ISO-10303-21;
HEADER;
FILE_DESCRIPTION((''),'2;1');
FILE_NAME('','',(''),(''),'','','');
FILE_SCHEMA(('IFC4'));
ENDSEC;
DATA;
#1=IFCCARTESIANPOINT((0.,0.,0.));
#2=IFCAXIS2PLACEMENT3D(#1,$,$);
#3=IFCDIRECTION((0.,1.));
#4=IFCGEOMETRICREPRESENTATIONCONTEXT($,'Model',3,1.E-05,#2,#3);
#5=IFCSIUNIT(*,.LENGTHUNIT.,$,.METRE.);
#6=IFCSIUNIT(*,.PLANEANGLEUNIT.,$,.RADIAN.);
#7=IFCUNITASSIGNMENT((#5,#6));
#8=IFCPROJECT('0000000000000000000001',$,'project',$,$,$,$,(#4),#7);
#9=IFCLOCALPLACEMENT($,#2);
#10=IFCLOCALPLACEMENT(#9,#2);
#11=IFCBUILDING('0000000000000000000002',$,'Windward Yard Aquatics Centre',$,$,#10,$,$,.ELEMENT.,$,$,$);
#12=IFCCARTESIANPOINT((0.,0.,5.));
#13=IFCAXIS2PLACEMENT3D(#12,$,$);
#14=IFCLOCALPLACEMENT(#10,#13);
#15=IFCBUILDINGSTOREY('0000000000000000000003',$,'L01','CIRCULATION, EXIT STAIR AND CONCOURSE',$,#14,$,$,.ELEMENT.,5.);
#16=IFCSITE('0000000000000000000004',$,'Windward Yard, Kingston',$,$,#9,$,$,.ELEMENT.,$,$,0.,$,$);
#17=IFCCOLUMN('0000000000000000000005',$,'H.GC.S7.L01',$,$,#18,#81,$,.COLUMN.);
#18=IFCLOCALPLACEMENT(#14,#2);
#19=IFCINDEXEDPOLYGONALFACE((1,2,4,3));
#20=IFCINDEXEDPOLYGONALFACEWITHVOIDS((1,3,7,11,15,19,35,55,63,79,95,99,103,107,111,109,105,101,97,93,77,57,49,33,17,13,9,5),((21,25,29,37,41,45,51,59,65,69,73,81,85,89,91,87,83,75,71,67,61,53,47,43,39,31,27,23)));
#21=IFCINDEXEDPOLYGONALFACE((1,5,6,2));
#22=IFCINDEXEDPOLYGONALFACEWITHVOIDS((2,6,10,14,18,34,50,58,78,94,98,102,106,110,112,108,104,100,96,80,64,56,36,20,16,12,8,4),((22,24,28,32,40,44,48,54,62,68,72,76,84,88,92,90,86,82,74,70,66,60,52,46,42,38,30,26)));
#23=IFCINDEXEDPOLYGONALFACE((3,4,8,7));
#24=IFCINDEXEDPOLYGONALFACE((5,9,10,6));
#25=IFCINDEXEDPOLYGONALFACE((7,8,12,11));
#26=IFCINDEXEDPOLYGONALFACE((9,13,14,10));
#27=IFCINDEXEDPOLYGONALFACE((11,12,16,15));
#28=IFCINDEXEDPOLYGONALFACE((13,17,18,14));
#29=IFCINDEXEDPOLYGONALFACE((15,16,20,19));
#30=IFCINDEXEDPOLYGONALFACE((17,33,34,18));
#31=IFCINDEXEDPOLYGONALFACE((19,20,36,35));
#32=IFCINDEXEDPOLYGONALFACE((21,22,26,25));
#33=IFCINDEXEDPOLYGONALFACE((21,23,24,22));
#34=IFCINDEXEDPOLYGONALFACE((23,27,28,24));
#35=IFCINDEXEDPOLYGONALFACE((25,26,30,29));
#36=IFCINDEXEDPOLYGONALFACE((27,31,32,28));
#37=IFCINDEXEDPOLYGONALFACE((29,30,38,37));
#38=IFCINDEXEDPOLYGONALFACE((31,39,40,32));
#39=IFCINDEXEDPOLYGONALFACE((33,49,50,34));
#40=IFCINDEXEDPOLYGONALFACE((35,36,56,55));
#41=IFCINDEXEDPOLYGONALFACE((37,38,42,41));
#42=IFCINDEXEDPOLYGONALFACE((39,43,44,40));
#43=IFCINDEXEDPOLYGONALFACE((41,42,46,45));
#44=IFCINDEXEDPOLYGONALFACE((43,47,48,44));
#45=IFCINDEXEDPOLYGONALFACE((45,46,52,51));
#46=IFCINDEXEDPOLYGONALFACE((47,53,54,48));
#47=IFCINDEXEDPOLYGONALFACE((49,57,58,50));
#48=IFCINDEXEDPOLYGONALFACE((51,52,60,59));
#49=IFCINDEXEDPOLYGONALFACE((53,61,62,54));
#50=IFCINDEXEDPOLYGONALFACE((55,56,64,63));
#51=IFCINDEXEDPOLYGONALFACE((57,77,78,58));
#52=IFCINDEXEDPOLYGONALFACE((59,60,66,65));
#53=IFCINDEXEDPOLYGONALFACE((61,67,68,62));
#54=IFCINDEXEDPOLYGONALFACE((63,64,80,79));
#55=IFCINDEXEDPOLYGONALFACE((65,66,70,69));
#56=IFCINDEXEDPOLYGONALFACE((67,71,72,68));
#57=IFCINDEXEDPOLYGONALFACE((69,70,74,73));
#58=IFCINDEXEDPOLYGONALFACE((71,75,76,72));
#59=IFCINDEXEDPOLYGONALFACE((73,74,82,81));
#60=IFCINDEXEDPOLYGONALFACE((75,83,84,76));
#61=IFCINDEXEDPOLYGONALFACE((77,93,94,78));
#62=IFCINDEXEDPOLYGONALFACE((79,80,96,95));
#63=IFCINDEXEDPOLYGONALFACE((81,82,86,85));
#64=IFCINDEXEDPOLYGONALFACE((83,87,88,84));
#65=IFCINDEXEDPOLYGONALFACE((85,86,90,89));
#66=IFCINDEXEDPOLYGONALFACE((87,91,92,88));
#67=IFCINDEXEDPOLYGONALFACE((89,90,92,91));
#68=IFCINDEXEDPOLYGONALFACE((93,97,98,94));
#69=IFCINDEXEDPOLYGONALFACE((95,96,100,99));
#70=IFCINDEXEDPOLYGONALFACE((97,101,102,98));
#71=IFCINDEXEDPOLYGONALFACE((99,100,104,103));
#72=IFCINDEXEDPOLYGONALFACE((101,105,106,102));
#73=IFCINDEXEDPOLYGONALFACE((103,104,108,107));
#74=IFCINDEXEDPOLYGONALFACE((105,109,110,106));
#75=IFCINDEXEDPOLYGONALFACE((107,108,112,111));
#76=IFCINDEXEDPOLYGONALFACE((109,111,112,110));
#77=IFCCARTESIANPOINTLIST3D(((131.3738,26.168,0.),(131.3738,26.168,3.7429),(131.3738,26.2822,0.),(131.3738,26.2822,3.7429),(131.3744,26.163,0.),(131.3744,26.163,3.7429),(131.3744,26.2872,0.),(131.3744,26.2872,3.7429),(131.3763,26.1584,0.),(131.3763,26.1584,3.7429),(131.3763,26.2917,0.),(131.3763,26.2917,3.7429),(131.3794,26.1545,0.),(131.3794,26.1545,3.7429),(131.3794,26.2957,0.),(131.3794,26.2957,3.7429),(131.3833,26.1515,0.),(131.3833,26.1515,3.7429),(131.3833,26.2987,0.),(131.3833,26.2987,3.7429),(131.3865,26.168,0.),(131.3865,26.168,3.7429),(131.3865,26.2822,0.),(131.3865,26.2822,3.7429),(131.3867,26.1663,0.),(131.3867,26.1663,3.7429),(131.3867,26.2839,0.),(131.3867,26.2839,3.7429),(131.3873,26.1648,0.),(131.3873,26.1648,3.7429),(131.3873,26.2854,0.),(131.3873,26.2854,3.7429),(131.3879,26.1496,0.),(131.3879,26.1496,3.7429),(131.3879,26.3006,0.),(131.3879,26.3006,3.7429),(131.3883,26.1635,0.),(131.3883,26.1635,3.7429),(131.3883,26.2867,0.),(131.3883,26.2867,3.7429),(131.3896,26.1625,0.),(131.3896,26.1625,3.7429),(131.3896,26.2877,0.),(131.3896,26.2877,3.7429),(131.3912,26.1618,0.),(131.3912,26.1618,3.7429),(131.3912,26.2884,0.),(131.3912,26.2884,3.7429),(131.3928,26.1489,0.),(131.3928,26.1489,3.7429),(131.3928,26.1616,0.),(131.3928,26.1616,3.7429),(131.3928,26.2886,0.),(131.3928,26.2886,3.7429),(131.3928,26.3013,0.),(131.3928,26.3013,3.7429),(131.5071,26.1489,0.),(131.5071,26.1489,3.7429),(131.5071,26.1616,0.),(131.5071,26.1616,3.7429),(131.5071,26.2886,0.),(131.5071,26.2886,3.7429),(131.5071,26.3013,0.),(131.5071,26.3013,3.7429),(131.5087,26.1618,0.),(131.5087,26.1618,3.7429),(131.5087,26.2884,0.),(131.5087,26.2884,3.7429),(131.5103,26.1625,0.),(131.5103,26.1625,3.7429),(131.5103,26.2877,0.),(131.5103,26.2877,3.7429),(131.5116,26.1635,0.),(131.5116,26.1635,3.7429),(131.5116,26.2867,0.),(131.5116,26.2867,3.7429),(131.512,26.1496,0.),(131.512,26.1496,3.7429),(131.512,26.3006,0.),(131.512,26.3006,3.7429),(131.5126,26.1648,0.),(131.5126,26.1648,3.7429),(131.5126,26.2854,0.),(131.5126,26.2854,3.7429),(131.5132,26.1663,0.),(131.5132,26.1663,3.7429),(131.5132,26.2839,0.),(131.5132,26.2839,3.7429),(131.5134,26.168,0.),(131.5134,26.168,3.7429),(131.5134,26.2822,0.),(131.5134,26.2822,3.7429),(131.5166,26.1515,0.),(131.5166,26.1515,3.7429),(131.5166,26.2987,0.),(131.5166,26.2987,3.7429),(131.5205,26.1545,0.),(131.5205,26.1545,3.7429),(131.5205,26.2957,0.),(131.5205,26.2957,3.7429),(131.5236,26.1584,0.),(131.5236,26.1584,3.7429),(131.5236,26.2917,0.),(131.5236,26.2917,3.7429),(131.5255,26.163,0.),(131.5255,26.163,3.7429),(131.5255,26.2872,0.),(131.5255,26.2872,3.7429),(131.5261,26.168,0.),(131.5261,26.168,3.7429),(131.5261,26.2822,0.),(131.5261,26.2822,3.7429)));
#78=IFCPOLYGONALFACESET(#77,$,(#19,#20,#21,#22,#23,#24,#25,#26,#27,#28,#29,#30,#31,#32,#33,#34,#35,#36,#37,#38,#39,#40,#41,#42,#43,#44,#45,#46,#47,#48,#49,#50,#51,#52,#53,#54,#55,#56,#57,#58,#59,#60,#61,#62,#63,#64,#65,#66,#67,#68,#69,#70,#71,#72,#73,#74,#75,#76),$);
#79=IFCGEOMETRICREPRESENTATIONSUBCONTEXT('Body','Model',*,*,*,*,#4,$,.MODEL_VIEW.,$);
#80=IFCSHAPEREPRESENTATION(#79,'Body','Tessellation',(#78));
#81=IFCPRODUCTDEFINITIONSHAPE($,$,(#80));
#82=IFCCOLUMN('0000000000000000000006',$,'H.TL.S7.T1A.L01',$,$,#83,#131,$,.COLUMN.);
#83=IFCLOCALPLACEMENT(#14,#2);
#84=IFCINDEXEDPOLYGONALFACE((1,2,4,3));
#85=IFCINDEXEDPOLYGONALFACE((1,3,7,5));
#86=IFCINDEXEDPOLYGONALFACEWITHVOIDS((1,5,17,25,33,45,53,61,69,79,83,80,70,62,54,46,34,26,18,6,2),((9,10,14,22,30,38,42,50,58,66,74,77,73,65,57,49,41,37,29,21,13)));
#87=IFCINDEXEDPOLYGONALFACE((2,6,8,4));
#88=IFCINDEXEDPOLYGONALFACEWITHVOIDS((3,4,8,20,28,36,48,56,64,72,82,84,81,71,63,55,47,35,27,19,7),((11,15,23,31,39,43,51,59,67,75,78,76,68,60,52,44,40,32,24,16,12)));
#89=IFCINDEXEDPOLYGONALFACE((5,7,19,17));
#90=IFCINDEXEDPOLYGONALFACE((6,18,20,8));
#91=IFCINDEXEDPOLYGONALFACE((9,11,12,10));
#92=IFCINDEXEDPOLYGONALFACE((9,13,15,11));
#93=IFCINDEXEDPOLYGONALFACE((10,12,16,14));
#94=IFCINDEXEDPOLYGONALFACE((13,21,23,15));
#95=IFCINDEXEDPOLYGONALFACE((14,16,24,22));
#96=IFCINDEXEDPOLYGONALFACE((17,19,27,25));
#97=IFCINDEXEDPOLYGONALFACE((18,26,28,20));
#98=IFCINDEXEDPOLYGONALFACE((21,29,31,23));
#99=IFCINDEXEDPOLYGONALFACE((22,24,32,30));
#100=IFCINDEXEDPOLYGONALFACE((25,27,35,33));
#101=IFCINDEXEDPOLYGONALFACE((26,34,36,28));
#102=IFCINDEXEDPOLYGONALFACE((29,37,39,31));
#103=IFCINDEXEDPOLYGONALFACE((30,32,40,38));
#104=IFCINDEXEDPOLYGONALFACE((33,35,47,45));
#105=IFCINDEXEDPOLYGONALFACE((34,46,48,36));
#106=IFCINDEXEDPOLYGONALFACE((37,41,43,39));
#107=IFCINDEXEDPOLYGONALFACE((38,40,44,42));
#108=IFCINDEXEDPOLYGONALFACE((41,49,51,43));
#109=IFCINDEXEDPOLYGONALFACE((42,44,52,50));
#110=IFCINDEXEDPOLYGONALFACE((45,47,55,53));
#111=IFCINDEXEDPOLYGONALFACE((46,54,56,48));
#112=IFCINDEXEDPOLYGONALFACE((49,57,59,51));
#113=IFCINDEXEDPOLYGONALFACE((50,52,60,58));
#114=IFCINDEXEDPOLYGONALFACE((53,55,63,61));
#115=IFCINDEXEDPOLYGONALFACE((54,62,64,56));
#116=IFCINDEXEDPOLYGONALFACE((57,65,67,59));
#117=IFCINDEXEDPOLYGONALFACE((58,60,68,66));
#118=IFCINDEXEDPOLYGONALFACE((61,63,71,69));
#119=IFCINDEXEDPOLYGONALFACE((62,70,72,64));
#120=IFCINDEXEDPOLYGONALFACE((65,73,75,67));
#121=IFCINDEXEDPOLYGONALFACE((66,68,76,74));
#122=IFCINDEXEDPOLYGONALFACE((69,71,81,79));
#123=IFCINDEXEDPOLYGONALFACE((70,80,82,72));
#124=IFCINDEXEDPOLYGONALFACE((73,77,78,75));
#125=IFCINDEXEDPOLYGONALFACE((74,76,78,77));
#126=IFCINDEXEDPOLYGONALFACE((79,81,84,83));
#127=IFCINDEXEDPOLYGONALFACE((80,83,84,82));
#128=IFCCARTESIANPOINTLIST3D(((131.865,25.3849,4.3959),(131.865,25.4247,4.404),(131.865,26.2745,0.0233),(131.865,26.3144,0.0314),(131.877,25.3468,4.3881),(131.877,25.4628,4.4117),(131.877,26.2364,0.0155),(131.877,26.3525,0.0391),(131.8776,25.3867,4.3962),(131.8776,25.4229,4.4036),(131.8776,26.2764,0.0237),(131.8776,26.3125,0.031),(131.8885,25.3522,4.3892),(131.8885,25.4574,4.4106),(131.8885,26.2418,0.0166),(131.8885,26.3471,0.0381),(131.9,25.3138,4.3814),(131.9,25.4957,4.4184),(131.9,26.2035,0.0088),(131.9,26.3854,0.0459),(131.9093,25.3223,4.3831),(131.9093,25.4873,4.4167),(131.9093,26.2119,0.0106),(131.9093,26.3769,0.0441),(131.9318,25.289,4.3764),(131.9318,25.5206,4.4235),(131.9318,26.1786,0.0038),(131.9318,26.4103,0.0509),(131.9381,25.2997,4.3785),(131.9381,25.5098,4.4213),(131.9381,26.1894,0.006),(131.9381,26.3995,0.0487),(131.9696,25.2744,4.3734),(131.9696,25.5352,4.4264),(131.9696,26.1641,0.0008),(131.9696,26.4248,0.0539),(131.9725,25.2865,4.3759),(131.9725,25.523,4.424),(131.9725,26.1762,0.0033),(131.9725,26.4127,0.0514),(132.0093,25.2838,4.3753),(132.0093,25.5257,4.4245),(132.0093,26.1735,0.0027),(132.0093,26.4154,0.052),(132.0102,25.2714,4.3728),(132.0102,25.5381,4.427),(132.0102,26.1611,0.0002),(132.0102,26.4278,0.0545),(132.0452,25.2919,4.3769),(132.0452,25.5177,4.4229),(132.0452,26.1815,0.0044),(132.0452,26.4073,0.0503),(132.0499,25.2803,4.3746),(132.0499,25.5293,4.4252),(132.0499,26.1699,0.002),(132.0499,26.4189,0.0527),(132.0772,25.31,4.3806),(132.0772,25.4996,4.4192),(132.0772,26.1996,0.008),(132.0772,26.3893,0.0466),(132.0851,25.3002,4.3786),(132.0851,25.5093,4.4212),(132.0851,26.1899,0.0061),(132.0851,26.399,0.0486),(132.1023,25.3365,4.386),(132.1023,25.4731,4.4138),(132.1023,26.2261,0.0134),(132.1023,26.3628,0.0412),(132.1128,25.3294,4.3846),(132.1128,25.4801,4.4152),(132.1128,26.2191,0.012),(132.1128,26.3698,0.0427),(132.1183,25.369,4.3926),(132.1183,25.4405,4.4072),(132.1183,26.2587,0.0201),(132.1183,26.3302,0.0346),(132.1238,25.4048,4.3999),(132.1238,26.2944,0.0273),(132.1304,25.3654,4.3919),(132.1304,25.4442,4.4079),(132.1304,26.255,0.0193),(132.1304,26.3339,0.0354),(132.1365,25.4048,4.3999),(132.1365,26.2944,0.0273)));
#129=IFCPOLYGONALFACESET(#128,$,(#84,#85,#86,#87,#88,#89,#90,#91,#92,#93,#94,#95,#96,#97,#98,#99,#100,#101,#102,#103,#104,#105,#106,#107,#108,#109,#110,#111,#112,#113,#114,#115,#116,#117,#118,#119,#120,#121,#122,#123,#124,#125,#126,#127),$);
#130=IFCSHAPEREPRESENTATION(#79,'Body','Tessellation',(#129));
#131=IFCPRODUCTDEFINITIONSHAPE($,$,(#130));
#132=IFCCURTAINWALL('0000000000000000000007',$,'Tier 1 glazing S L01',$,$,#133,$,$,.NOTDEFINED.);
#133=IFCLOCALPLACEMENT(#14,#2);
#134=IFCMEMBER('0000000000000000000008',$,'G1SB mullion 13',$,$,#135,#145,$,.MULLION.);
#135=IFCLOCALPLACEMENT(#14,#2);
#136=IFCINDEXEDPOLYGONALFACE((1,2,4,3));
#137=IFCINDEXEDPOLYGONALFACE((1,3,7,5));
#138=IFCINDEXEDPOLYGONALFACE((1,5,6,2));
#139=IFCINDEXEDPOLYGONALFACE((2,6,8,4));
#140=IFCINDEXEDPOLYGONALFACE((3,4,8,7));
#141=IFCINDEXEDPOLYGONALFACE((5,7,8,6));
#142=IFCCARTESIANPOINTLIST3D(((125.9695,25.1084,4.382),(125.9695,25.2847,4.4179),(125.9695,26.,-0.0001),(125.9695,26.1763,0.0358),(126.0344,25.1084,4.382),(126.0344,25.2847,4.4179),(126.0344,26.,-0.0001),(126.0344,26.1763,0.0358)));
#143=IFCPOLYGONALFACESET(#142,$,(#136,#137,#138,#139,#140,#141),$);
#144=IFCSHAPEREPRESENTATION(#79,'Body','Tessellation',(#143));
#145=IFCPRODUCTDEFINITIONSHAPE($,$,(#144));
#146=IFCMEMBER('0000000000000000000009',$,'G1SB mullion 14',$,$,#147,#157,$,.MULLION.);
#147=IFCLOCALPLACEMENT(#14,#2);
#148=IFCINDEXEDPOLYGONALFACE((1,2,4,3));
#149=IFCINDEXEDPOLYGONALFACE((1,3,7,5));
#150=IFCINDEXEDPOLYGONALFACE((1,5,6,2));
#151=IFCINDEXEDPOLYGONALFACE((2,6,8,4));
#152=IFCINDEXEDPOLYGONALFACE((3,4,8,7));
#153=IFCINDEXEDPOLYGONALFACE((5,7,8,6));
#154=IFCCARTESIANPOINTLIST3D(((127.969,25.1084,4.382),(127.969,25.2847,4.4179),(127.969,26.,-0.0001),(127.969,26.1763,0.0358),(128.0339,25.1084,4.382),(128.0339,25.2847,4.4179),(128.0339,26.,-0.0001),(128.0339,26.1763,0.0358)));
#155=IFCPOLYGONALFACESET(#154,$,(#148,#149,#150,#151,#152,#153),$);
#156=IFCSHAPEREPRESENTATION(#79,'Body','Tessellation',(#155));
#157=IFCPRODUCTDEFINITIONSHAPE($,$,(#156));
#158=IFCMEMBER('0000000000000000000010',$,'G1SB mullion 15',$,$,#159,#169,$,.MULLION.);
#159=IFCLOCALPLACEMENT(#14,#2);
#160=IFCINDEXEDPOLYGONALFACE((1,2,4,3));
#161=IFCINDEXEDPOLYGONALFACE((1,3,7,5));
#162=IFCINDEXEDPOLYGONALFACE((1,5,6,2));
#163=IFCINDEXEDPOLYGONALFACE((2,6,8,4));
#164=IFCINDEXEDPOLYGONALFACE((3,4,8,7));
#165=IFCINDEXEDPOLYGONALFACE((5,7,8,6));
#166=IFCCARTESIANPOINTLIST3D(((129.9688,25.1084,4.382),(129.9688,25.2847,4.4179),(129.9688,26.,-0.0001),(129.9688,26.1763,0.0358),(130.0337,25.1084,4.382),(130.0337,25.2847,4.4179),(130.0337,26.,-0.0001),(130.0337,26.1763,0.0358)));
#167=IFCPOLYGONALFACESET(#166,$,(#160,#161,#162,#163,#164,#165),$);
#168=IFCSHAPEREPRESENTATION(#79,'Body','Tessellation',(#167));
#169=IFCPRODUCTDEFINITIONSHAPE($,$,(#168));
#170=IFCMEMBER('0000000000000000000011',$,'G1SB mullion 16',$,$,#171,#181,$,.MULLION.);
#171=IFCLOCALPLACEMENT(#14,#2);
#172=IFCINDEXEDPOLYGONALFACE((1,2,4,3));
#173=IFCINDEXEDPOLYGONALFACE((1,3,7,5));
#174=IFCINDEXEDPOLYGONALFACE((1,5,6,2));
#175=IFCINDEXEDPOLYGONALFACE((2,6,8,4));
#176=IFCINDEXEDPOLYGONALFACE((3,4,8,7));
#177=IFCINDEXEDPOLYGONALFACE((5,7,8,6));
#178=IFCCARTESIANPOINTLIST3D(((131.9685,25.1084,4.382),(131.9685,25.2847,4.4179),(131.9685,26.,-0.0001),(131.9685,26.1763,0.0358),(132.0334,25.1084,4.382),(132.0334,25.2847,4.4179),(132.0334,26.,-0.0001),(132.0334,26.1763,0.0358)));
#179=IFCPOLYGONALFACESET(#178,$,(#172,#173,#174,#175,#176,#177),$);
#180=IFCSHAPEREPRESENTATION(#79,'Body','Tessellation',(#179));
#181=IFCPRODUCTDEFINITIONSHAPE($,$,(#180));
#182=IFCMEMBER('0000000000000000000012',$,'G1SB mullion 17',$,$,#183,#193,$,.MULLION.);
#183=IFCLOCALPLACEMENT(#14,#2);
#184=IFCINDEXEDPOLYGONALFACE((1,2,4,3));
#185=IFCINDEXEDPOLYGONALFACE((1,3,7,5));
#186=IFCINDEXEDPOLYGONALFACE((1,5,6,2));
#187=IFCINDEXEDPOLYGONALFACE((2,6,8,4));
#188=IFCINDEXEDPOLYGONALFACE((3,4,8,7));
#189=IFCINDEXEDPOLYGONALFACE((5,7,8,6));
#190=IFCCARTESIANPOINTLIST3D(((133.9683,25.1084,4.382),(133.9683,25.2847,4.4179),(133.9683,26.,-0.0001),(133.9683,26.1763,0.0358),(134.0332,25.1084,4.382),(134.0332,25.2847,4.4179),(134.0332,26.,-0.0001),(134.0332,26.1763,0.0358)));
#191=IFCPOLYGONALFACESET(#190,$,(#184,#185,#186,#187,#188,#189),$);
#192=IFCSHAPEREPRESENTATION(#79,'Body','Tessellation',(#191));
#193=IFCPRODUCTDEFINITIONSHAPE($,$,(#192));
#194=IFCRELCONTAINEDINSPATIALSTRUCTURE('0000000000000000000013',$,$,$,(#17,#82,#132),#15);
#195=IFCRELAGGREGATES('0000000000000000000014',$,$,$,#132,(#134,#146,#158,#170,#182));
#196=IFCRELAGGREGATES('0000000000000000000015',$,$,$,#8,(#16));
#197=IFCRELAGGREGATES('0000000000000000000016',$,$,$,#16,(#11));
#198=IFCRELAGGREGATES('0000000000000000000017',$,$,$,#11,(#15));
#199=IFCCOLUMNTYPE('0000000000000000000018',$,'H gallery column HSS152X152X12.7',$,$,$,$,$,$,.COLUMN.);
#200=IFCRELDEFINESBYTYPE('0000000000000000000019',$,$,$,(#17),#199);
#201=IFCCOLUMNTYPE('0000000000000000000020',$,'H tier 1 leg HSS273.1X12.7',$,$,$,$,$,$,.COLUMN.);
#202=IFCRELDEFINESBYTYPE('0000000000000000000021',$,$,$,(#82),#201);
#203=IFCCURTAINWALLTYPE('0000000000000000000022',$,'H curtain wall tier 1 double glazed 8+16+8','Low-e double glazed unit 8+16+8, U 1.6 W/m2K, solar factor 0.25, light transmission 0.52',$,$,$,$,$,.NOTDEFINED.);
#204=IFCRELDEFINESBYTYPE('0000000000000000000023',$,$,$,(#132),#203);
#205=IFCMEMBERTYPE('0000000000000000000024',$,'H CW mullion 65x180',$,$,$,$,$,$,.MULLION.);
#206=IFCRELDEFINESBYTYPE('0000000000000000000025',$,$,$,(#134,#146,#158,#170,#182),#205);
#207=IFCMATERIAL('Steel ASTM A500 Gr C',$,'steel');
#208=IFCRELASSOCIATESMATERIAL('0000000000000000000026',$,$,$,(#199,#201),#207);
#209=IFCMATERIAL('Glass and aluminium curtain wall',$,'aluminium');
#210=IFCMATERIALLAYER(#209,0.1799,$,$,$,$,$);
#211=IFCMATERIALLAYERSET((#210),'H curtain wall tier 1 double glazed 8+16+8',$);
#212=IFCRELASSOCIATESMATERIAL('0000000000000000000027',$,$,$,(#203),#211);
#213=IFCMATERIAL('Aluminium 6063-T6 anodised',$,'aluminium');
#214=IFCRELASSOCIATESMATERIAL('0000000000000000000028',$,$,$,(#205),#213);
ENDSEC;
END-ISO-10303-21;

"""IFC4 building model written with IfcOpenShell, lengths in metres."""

from ifc_helpers import new_model, si_unit, direction, frame, origin, origin_2d, place, context, subcontext, project, spatial, rectangle, hollow_rectangle, hollow_circle, extrude, material, layer, layer_set, material_profile, profile_set, type_object, element, aggregate, save


model = new_model("IFC4")

# Units and contexts
model_context = context("Model", 3, precision=1e-05, world=origin(), true_north=direction((0.0, 1.0)))
body_context = subcontext(model_context, "Body", "Model", "MODEL_VIEW")
ifc_project = project(units=[si_unit("LENGTHUNIT", "METRE"), si_unit("PLANEANGLEUNIT", "RADIAN")], contexts=[model_context])

# Site, building, storey
site_placement = place(None, origin())
site = spatial("IfcSite", under=ifc_project, at=site_placement, Name="Windward Yard, Kingston", CompositionType="ELEMENT", RefElevation=0.0)
building_placement = place(site_placement, origin())
building = spatial("IfcBuilding", under=site, at=building_placement, Name="Windward Yard Aquatics Centre", CompositionType="ELEMENT")
storey_placement = place(building_placement, frame((0.0, 0.0, 5.0)))
storey = spatial("IfcBuildingStorey", under=building, at=storey_placement, Name="L01", Description="CIRCULATION, EXIT STAIR AND CONCOURSE", CompositionType="ELEMENT", Elevation=5.0)

# Columns
ifc_material_1 = material(Name="Steel ASTM A500 Gr C", Category="steel")
ifc_material_profile_1 = material_profile(ifc_material_1, hollow_rectangle(XDim=0.1523, YDim=0.1523, WallThickness=0.0127, InnerFilletRadius=0.0063, OuterFilletRadius=0.019, at=origin_2d()), Name="HSS152X152X12.7")
ifc_profile_set_1 = profile_set([ifc_material_profile_1], Name="Steel ASTM A500 Gr C")
column_type_1 = type_object("IfcColumnType", Name="H gallery column HSS152X152X12.7", PredefinedType="COLUMN", material=ifc_profile_set_1)
column_1_placement = place(storey_placement, frame((131.45, 26.2251, 0.0), z_axis=(0.0, 0.0, 1.0), x_axis=(1.0, 0.0, 0.0)))
element("IfcColumn", 1, at=column_1_placement, inside=storey, type_object=column_type_1, Name="H.GC.S7.L01", PredefinedType="COLUMN", context=body_context, shape_type="SweptSolid", body=[
    extrude(hollow_rectangle(XDim=0.1523, YDim=0.1523, WallThickness=0.0127, InnerFilletRadius=0.0063, OuterFilletRadius=0.019, at=origin_2d()), origin(), (0.0, 0.0, 1.0), 3.7429),
])
ifc_material_profile_2 = material_profile(ifc_material_1, hollow_circle(Radius=0.1365, WallThickness=0.0127, at=origin_2d()), Name="HSS273.1X12.7")
ifc_profile_set_2 = profile_set([ifc_material_profile_2], Name="Steel ASTM A500 Gr C")
column_type_2 = type_object("IfcColumnType", Name="H tier 1 leg HSS273.1X12.7", PredefinedType="COLUMN", material=ifc_profile_set_2)
column_2_placement = place(storey_placement, frame((132.0, 26.2944, 0.0273), z_axis=(0.0, -0.199377, 0.979923), x_axis=(1.0, 0.0, 0.0)))
element("IfcColumn", 2, at=column_2_placement, inside=storey, type_object=column_type_2, Name="H.TL.S7.T1A.L01", PredefinedType="COLUMN", context=body_context, shape_type="SweptSolid", body=[
    extrude(hollow_circle(Radius=0.1365, WallThickness=0.0127, at=origin_2d()), origin(), (0.0, 0.0, 1.0), 4.4622),
])

# Curtain wall, members
ifc_material_2 = material(Name="Glass and aluminium curtain wall", Category="aluminium")
ifc_layer_1 = layer(ifc_material_2, 0.1799)
ifc_layer_set_1 = layer_set([ifc_layer_1], Name="H curtain wall tier 1 double glazed 8+16+8")
curtain_wall_type = type_object("IfcCurtainWallType", Name="H curtain wall tier 1 double glazed 8+16+8", Description="Low-e double glazed unit 8+16+8, U 1.6 W/m2K, solar factor 0.25, light transmission 0.52", PredefinedType="NOTDEFINED", material=ifc_layer_set_1)
curtain_wall_placement = place(storey_placement, origin())
curtain_wall = element("IfcCurtainWall", 3, at=curtain_wall_placement, inside=storey, type_object=curtain_wall_type, Name="Tier 1 glazing S L01", PredefinedType="NOTDEFINED")
ifc_material_3 = material(Name="Aluminium 6063-T6 anodised", Category="aluminium")
ifc_material_profile_3 = material_profile(ifc_material_3, rectangle(XDim=0.0649, YDim=0.1799, at=origin_2d()), Name="H CW mullion 65x180")
ifc_profile_set_3 = profile_set([ifc_material_profile_3], Name="Aluminium 6063-T6 anodised")
member_type_1 = type_object("IfcMemberType", Name="H CW mullion 65x180", PredefinedType="MULLION", material=ifc_profile_set_3)
member_1_placement = place(storey_placement, frame((126.002, 26.0881, 0.0178), z_axis=(0.0, -0.19938, 0.979922), x_axis=(1.0, 0.0, 0.0)))
member_1 = element("IfcMember", 4, at=member_1_placement, type_object=member_type_1, Name="G1SB mullion 13", PredefinedType="MULLION", context=body_context, shape_type="SweptSolid", body=[
    extrude(rectangle(XDim=0.0649, YDim=0.1799, at=origin_2d()), origin(), (0.0, 0.0, 1.0), 4.4719),
])
member_2_placement = place(storey_placement, frame((128.0015, 26.0881, 0.0178), z_axis=(0.0, -0.19938, 0.979922), x_axis=(1.0, 0.0, 0.0)))
member_2 = element("IfcMember", 5, at=member_2_placement, type_object=member_type_1, Name="G1SB mullion 14", PredefinedType="MULLION", context=body_context, shape_type="SweptSolid", body=[
    extrude(rectangle(XDim=0.0649, YDim=0.1799, at=origin_2d()), origin(), (0.0, 0.0, 1.0), 4.4719),
])
member_3_placement = place(storey_placement, frame((130.0012, 26.0881, 0.0178), z_axis=(0.0, -0.19938, 0.979922), x_axis=(1.0, 0.0, 0.0)))
member_3 = element("IfcMember", 6, at=member_3_placement, type_object=member_type_1, Name="G1SB mullion 15", PredefinedType="MULLION", context=body_context, shape_type="SweptSolid", body=[
    extrude(rectangle(XDim=0.0649, YDim=0.1799, at=origin_2d()), origin(), (0.0, 0.0, 1.0), 4.4719),
])
member_4_placement = place(storey_placement, frame((132.001, 26.0881, 0.0178), z_axis=(0.0, -0.19938, 0.979922), x_axis=(1.0, 0.0, 0.0)))
member_4 = element("IfcMember", 7, at=member_4_placement, type_object=member_type_1, Name="G1SB mullion 16", PredefinedType="MULLION", context=body_context, shape_type="SweptSolid", body=[
    extrude(rectangle(XDim=0.0649, YDim=0.1799, at=origin_2d()), origin(), (0.0, 0.0, 1.0), 4.4719),
])
member_5_placement = place(storey_placement, frame((134.0007, 26.0881, 0.0178), z_axis=(0.0, -0.19938, 0.979922), x_axis=(1.0, 0.0, 0.0)))
member_5 = element("IfcMember", 8, at=member_5_placement, type_object=member_type_1, Name="G1SB mullion 17", PredefinedType="MULLION", context=body_context, shape_type="SweptSolid", body=[
    extrude(rectangle(XDim=0.0649, YDim=0.1799, at=origin_2d()), origin(), (0.0, 0.0, 1.0), 4.4719),
])
aggregate(curtain_wall, [member_1, member_2, member_3, member_4, member_5])

save(model, "model.ifc")
